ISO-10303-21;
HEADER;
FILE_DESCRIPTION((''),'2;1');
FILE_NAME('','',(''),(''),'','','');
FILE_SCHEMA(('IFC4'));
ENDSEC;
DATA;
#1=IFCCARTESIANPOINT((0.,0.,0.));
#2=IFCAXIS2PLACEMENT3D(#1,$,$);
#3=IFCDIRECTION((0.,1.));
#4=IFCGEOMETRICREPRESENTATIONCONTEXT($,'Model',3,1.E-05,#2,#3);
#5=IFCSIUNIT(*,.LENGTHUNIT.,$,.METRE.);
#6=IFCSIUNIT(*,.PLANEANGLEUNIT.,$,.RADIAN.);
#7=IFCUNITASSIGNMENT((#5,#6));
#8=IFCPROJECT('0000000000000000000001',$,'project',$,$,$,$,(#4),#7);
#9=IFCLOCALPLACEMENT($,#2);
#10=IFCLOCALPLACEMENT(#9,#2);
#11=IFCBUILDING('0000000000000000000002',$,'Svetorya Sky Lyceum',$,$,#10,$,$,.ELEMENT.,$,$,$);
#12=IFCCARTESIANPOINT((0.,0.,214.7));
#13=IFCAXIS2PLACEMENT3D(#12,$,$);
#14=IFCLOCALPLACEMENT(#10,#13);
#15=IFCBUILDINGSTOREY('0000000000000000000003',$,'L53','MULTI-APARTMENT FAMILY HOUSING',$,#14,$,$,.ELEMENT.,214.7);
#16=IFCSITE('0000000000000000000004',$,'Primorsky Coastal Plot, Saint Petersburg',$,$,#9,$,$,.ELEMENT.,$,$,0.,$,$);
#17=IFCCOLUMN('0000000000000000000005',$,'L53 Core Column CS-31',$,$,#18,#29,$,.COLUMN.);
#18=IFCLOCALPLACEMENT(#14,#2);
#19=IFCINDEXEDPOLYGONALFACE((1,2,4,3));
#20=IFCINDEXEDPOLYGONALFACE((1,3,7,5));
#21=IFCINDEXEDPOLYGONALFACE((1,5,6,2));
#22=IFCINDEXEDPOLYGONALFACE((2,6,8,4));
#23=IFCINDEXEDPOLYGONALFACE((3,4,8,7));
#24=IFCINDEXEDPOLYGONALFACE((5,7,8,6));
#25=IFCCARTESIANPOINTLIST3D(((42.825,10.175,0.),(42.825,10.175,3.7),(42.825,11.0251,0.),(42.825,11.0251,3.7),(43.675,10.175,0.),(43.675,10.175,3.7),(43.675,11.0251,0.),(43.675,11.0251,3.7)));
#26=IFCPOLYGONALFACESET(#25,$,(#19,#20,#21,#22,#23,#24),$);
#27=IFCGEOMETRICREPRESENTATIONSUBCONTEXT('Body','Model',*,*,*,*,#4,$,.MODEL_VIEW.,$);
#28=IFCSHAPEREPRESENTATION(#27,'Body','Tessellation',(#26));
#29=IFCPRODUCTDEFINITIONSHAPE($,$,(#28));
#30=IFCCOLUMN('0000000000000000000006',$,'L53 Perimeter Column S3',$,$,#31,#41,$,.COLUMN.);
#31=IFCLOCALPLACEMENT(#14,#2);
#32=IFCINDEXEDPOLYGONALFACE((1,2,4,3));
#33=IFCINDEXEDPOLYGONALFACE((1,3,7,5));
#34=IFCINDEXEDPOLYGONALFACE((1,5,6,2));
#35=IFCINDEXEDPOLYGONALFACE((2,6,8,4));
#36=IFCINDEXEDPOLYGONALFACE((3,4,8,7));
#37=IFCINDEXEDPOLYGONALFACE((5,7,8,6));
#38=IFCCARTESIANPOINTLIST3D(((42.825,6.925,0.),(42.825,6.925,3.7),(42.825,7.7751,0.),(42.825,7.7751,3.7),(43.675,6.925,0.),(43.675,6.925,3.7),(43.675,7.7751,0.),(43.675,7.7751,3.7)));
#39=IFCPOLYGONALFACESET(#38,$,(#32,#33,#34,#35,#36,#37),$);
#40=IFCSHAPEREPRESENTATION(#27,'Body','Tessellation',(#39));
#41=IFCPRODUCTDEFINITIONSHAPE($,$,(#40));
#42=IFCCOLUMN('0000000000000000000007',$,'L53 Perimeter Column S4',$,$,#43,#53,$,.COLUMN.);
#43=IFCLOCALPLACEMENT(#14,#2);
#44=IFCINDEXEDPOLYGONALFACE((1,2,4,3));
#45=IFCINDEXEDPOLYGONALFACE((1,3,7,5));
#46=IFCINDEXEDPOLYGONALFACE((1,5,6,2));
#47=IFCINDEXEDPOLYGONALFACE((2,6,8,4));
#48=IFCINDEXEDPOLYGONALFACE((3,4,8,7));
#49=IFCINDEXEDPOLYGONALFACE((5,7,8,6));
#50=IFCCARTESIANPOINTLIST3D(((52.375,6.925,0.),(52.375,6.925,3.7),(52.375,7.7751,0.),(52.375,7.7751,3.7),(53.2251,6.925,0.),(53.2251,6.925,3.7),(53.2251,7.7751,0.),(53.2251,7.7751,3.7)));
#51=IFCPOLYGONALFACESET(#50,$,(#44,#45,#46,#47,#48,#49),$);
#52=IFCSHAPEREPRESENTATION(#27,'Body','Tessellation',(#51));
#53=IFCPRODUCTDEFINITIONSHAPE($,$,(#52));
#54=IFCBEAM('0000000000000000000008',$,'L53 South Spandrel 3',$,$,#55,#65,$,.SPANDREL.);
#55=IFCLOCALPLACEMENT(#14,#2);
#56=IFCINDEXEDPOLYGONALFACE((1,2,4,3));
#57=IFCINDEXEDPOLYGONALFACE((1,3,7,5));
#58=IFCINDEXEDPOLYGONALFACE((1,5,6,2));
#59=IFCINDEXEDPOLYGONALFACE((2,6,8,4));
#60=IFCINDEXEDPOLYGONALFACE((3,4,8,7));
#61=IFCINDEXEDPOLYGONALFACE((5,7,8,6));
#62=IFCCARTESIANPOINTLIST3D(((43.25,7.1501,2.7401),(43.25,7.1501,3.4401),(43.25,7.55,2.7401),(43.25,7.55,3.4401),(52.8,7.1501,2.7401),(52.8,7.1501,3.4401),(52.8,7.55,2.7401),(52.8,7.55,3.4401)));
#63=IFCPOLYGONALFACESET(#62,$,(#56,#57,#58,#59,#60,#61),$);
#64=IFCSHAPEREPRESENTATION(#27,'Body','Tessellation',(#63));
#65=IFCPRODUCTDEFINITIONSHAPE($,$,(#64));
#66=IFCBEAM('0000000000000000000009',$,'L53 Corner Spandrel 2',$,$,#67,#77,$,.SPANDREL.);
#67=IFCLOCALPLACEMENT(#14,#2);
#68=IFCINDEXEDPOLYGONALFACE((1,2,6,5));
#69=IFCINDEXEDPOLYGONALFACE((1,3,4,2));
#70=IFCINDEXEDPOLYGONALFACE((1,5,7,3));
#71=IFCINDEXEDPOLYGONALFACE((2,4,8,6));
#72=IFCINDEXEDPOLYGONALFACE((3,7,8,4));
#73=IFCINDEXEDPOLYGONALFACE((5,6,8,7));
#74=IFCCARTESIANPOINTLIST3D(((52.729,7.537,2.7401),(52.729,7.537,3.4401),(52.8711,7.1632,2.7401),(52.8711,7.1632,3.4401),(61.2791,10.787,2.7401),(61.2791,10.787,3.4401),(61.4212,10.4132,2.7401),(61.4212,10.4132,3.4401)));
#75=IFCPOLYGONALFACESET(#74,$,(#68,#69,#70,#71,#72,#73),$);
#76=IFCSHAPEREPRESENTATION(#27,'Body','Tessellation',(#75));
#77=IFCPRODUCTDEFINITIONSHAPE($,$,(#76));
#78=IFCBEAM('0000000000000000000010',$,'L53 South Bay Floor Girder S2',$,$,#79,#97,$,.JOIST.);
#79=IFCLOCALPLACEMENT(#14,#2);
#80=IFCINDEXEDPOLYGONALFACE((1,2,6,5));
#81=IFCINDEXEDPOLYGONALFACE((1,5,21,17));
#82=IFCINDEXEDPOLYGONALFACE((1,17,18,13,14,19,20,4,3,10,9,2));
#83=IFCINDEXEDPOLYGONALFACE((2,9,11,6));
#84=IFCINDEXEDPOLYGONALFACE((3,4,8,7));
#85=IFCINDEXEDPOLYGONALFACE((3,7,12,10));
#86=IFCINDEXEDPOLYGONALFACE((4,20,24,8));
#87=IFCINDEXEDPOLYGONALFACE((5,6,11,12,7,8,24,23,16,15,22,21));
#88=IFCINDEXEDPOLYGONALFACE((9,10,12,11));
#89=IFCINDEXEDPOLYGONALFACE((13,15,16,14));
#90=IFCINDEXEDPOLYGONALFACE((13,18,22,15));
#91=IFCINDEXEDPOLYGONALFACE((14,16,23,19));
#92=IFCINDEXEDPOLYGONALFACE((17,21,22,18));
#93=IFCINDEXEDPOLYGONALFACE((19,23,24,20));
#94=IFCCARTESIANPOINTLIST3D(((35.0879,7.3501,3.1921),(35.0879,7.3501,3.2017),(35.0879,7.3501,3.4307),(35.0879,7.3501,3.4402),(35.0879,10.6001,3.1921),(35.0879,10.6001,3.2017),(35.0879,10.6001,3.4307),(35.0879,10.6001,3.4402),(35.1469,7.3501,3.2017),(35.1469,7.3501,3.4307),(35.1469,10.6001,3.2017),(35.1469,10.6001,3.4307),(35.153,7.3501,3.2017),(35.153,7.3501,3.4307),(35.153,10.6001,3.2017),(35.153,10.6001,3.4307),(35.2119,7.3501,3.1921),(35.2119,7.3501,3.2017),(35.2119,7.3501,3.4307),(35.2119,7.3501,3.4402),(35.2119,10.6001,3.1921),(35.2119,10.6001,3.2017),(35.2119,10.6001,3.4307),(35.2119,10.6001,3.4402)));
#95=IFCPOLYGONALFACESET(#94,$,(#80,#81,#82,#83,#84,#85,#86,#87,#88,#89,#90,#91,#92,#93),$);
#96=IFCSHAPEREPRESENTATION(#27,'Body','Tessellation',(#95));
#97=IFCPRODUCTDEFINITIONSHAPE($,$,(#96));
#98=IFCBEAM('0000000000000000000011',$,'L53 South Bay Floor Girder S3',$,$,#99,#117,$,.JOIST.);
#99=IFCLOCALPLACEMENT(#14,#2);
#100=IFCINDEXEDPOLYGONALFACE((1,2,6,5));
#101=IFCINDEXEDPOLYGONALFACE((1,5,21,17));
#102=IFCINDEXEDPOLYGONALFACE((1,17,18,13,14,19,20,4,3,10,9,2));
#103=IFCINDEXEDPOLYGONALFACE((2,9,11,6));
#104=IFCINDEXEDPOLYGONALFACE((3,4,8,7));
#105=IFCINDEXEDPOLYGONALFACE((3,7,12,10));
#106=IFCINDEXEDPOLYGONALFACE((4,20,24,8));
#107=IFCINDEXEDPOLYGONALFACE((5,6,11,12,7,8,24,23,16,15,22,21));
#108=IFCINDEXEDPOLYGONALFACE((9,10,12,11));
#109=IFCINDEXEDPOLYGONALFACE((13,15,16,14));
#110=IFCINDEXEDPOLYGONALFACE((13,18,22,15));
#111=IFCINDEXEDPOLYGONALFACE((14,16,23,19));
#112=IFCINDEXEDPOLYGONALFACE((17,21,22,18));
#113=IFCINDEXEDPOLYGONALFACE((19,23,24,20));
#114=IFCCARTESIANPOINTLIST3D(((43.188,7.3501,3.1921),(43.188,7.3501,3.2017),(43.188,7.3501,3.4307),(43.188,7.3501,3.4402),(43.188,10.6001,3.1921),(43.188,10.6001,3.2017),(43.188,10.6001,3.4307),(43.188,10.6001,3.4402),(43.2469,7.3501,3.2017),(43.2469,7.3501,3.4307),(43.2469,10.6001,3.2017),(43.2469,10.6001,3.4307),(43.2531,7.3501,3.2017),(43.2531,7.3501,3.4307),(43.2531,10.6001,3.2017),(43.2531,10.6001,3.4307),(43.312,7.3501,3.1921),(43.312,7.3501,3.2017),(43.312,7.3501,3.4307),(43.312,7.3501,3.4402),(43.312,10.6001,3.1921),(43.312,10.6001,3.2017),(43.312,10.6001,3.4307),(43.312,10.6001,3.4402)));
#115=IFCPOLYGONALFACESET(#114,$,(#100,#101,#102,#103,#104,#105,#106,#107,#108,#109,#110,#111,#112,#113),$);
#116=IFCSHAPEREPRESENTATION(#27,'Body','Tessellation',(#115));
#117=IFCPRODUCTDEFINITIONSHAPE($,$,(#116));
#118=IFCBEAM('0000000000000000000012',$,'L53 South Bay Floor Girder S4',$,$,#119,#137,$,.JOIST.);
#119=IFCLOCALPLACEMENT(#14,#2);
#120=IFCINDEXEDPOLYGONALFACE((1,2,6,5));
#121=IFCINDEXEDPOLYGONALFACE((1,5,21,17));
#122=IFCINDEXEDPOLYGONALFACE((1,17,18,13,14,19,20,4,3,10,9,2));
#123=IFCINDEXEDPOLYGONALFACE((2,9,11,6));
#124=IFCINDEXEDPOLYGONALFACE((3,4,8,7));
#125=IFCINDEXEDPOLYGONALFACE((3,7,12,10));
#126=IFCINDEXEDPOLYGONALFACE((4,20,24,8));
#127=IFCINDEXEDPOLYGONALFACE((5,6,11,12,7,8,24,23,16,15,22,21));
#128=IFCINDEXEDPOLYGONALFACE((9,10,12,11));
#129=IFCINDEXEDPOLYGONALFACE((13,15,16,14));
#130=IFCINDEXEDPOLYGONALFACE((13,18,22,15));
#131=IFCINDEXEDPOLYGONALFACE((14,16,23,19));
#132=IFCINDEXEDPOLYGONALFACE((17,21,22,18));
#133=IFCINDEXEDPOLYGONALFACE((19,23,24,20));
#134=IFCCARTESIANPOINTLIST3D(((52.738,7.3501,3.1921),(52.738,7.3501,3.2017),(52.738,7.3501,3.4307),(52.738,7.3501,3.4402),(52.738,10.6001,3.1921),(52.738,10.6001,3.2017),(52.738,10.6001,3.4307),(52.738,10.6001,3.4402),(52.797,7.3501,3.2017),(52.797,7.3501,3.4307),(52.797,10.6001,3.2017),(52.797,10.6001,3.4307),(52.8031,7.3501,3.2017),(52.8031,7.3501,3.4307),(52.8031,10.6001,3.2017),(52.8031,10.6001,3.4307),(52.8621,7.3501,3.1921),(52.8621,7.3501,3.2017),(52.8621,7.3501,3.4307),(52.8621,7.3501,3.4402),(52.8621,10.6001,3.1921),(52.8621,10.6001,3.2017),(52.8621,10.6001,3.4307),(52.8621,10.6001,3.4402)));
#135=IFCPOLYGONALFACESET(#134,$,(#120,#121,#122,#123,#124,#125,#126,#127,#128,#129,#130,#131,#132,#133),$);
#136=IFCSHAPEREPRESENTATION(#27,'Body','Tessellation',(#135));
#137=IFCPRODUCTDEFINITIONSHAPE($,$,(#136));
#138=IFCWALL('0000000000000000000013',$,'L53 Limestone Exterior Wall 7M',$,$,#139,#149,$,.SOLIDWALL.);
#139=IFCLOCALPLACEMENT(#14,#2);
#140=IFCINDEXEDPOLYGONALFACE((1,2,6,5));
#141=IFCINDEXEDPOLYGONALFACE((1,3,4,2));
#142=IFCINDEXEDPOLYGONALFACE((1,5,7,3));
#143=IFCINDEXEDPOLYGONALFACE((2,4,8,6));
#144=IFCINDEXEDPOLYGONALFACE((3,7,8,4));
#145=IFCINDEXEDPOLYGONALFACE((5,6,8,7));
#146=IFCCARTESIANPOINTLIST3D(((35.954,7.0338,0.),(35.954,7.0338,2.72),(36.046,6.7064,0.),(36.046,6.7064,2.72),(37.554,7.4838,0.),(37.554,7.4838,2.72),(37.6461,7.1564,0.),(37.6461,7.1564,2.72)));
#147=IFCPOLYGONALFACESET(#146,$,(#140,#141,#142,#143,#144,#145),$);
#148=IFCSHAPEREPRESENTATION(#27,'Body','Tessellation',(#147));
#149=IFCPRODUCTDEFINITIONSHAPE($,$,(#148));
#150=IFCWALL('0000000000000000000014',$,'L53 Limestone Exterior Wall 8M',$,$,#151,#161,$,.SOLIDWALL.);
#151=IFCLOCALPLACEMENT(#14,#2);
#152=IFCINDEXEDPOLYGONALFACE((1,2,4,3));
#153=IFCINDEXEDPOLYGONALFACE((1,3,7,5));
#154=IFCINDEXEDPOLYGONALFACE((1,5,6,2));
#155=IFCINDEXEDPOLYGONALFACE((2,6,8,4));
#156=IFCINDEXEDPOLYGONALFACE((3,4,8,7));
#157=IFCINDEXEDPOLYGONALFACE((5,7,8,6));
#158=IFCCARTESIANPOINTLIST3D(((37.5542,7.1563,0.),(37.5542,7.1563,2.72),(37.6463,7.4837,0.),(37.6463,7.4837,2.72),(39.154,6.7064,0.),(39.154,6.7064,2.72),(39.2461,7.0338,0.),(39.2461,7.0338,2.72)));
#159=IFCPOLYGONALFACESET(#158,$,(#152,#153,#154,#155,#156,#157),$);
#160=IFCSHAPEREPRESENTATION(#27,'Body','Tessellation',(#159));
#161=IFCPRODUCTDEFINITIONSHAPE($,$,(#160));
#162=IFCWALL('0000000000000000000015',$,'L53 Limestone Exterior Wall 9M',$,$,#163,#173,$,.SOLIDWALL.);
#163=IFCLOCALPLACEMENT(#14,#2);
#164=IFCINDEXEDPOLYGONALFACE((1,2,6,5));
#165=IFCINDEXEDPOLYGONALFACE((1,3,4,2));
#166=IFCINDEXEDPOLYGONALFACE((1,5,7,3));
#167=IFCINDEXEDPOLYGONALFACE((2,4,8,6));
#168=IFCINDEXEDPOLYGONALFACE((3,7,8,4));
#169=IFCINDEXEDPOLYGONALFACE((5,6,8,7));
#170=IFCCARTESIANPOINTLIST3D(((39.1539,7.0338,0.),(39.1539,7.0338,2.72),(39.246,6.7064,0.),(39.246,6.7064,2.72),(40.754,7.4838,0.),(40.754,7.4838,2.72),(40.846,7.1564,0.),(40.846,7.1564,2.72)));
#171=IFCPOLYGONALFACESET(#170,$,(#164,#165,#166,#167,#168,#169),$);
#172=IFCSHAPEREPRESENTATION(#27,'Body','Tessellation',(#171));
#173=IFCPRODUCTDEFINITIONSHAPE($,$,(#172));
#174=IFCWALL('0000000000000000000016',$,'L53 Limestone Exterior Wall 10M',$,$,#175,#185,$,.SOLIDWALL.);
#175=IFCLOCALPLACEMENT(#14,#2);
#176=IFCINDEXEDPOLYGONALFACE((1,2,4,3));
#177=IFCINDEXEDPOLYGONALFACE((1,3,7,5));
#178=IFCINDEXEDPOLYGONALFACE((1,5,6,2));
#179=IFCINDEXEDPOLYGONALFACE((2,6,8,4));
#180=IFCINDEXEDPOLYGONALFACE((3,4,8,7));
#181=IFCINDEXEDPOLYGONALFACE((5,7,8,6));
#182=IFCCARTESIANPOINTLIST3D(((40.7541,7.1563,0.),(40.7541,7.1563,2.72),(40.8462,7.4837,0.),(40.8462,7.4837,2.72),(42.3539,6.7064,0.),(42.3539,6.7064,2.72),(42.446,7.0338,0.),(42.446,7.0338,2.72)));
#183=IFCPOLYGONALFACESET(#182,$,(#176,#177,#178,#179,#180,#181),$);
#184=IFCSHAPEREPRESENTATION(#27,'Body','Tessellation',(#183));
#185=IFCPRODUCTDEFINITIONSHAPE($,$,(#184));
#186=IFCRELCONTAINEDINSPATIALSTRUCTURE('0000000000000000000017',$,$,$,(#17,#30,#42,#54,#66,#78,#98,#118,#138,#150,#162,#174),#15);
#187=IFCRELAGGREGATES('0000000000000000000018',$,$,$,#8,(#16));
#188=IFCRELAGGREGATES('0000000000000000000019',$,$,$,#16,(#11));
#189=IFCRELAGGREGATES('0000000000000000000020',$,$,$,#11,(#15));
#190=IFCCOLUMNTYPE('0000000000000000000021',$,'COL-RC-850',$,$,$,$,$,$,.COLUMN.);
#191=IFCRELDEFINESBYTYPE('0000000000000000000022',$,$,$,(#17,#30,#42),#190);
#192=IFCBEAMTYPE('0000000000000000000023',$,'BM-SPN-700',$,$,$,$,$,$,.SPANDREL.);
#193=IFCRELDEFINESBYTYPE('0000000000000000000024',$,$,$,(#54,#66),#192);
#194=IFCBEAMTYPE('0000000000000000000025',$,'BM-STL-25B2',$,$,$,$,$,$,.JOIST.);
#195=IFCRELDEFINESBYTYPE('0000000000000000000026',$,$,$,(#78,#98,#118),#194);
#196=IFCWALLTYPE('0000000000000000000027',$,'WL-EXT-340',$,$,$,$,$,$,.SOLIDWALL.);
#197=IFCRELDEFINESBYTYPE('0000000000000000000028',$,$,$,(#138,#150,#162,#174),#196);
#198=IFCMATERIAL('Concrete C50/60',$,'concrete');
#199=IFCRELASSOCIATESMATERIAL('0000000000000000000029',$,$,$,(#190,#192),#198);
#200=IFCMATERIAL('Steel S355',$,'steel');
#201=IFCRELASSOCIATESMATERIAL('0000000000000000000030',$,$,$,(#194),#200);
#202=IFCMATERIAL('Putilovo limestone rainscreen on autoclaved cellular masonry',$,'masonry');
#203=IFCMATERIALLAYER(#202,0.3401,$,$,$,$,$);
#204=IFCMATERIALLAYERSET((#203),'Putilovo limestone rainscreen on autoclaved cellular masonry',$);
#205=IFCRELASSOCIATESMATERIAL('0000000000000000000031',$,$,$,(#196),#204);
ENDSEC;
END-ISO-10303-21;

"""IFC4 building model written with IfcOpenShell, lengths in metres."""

from ifc_helpers import new_model, si_unit, direction, frame, frame_2d, origin, origin_2d, place, context, subcontext, project, spatial, rectangle, i_section, extrude, material, layer, layer_set, material_profile, profile_set, type_object, element, save


model = new_model("IFC4")

# Units and contexts
model_context = context("Model", 3, precision=1e-05, world=origin(), true_north=direction((0.0, 1.0)))
body_context = subcontext(model_context, "Body", "Model", "MODEL_VIEW")
ifc_project = project(units=[si_unit("LENGTHUNIT", "METRE"), si_unit("PLANEANGLEUNIT", "RADIAN")], contexts=[model_context])

# Site, building, storey
site_placement = place(None, origin())
site = spatial("IfcSite", under=ifc_project, at=site_placement, Name="Primorsky Coastal Plot, Saint Petersburg", CompositionType="ELEMENT", RefElevation=0.0)
building_placement = place(site_placement, origin())
building = spatial("IfcBuilding", under=site, at=building_placement, Name="Svetorya Sky Lyceum", CompositionType="ELEMENT")
storey_placement = place(building_placement, frame((0.0, 0.0, 214.7)))
storey = spatial("IfcBuildingStorey", under=building, at=storey_placement, Name="L53", Description="MULTI-APARTMENT FAMILY HOUSING", CompositionType="ELEMENT", Elevation=214.7)

# Columns
ifc_material_1 = material(Name="Concrete C50/60", Category="concrete")
ifc_material_profile_1 = material_profile(ifc_material_1, rectangle(XDim=0.8501, YDim=0.8501, at=origin_2d()), Name="RC COL 850x850")
ifc_profile_set_1 = profile_set([ifc_material_profile_1], Name="Concrete C50/60")
column_type = type_object("IfcColumnType", Name="COL-RC-850", PredefinedType="COLUMN", material=ifc_profile_set_1)
for number, where, z_axis, x_axis, name in (
    (1, (43.25, 10.6001, 0.0), (0.0, 0.0, 1.0), (1.0, 0.0, 0.0), "L53 Core Column CS-31"),
    (2, (43.25, 7.3501, 0.0), (0.0, 0.0, 1.0), (1.0, 0.0, 0.0), "L53 Perimeter Column S3"),
    (3, (52.8, 7.3501, 0.0), (0.0, 0.0, 1.0), (1.0, 0.0, 0.0), "L53 Perimeter Column S4"),
):
    element("IfcColumn", number, at=place(storey_placement, frame(where, z_axis=z_axis, x_axis=x_axis)), inside=storey, type_object=column_type, Name=name, PredefinedType="COLUMN", context=body_context, shape_type="SweptSolid", body=[
        extrude(rectangle(XDim=0.8501, YDim=0.8501, at=origin_2d()), origin(), (0.0, 0.0, 1.0), 3.7),
    ])

# Beams
ifc_material_profile_2 = material_profile(ifc_material_1, rectangle(XDim=0.3999, YDim=0.7, at=origin_2d()), Name="RC SPANDREL 400x700")
ifc_profile_set_2 = profile_set([ifc_material_profile_2], Name="Concrete C50/60")
beam_type_1 = type_object("IfcBeamType", Name="BM-SPN-700", PredefinedType="SPANDREL", material=ifc_profile_set_2)
beam_1_placement = place(storey_placement, frame((43.25, 7.3501, 3.0901), z_axis=(1.0, 0.0, 0.0), x_axis=(0.0, 1.0, 0.0)))
element("IfcBeam", 4, at=beam_1_placement, inside=storey, type_object=beam_type_1, Name="L53 South Spandrel 3", PredefinedType="SPANDREL", context=body_context, shape_type="SweptSolid", body=[
    extrude(rectangle(XDim=0.3999, YDim=0.7, at=origin_2d()), origin(), (0.0, 0.0, 1.0), 9.55),
])
beam_2_placement = place(storey_placement, frame((52.8, 7.3501, 3.0901), z_axis=(0.934748, 0.355312, 0.0), x_axis=(-0.355312, 0.934748, 0.0)))
element("IfcBeam", 5, at=beam_2_placement, inside=storey, type_object=beam_type_1, Name="L53 Corner Spandrel 2", PredefinedType="SPANDREL", context=body_context, shape_type="SweptSolid", body=[
    extrude(rectangle(XDim=0.3999, YDim=0.7, at=origin_2d()), origin(), (0.0, 0.0, 1.0), 9.147),
])
ifc_material_2 = material(Name="Steel S355", Category="steel")
ifc_material_profile_3 = material_profile(ifc_material_2, i_section(OverallWidth=0.124, OverallDepth=0.248, WebThickness=0.0061, FlangeThickness=0.0095, at=origin_2d()), Name="GOST 25B2")
ifc_profile_set_3 = profile_set([ifc_material_profile_3], Name="Steel S355")
beam_type_2 = type_object("IfcBeamType", Name="BM-STL-25B2", PredefinedType="JOIST", material=ifc_profile_set_3)
for number, where, z_axis, x_axis, name in (
    (6, (35.1499, 7.3501, 3.3162), (0.0, 1.0, 0.0), (-1.0, 0.0, 0.0), "L53 South Bay Floor Girder S2"),
    (7, (43.25, 7.3501, 3.3162), (0.0, 1.0, 0.0), (-1.0, 0.0, 0.0), "L53 South Bay Floor Girder S3"),
    (8, (52.8, 7.3501, 3.3162), (0.0, 1.0, 0.0), (-1.0, 0.0, 0.0), "L53 South Bay Floor Girder S4"),
):
    element("IfcBeam", number, at=place(storey_placement, frame(where, z_axis=z_axis, x_axis=x_axis)), inside=storey, type_object=beam_type_2, Name=name, PredefinedType="JOIST", context=body_context, shape_type="SweptSolid", body=[
        extrude(i_section(OverallWidth=0.124, OverallDepth=0.248, WebThickness=0.0061, FlangeThickness=0.0095, at=origin_2d()), origin(), (0.0, 0.0, 1.0), 3.25),
    ])

# Walls
ifc_material_3 = material(Name="Putilovo limestone rainscreen on autoclaved cellular masonry", Category="masonry")
ifc_layer_1 = layer(ifc_material_3, 0.3401)
ifc_layer_set_1 = layer_set([ifc_layer_1], Name="Putilovo limestone rainscreen on autoclaved cellular masonry")
wall_type_1 = type_object("IfcWallType", Name="WL-EXT-340", PredefinedType="SOLIDWALL", material=ifc_layer_set_1)
wall_1_placement = place(storey_placement, frame((36.0, 6.8701, 0.0), z_axis=(0.0, 0.0, 1.0), x_axis=(0.962663, 0.270703, 0.0)))
element("IfcWall", 9, at=wall_1_placement, inside=storey, type_object=wall_type_1, Name="L53 Limestone Exterior Wall 7M", PredefinedType="SOLIDWALL", context=body_context, shape_type="SweptSolid", body=[
    extrude(rectangle(XDim=1.6621, YDim=0.3401, at=frame_2d((0.8311, 0.0))), origin(), (0.0, 0.0, 1.0), 2.72),
])
wall_2_placement = place(storey_placement, frame((37.6001, 7.3201, 0.0), z_axis=(0.0, 0.0, 1.0), x_axis=(0.962652, -0.270741, 0.0)))
element("IfcWall", 10, at=wall_2_placement, inside=storey, type_object=wall_type_1, Name="L53 Limestone Exterior Wall 8M", PredefinedType="SOLIDWALL", context=body_context, shape_type="SweptSolid", body=[
    extrude(rectangle(XDim=1.6619, YDim=0.3401, at=frame_2d((0.8311, 0.0))), origin(), (0.0, 0.0, 1.0), 2.72),
])
wall_3_placement = place(storey_placement, frame((39.2, 6.8701, 0.0), z_axis=(0.0, 0.0, 1.0), x_axis=(0.962663, 0.270703, 0.0)))
element("IfcWall", 11, at=wall_3_placement, inside=storey, type_object=wall_type_1, Name="L53 Limestone Exterior Wall 9M", PredefinedType="SOLIDWALL", context=body_context, shape_type="SweptSolid", body=[
    extrude(rectangle(XDim=1.6621, YDim=0.3401, at=frame_2d((0.8311, 0.0))), origin(), (0.0, 0.0, 1.0), 2.72),
])
wall_4_placement = place(storey_placement, frame((40.8, 7.3201, 0.0), z_axis=(0.0, 0.0, 1.0), x_axis=(0.962652, -0.270741, 0.0)))
element("IfcWall", 12, at=wall_4_placement, inside=storey, type_object=wall_type_1, Name="L53 Limestone Exterior Wall 10M", PredefinedType="SOLIDWALL", context=body_context, shape_type="SweptSolid", body=[
    extrude(rectangle(XDim=1.6619, YDim=0.3401, at=frame_2d((0.8311, 0.0))), origin(), (0.0, 0.0, 1.0), 2.72),
])

save(model, "model.ifc")
